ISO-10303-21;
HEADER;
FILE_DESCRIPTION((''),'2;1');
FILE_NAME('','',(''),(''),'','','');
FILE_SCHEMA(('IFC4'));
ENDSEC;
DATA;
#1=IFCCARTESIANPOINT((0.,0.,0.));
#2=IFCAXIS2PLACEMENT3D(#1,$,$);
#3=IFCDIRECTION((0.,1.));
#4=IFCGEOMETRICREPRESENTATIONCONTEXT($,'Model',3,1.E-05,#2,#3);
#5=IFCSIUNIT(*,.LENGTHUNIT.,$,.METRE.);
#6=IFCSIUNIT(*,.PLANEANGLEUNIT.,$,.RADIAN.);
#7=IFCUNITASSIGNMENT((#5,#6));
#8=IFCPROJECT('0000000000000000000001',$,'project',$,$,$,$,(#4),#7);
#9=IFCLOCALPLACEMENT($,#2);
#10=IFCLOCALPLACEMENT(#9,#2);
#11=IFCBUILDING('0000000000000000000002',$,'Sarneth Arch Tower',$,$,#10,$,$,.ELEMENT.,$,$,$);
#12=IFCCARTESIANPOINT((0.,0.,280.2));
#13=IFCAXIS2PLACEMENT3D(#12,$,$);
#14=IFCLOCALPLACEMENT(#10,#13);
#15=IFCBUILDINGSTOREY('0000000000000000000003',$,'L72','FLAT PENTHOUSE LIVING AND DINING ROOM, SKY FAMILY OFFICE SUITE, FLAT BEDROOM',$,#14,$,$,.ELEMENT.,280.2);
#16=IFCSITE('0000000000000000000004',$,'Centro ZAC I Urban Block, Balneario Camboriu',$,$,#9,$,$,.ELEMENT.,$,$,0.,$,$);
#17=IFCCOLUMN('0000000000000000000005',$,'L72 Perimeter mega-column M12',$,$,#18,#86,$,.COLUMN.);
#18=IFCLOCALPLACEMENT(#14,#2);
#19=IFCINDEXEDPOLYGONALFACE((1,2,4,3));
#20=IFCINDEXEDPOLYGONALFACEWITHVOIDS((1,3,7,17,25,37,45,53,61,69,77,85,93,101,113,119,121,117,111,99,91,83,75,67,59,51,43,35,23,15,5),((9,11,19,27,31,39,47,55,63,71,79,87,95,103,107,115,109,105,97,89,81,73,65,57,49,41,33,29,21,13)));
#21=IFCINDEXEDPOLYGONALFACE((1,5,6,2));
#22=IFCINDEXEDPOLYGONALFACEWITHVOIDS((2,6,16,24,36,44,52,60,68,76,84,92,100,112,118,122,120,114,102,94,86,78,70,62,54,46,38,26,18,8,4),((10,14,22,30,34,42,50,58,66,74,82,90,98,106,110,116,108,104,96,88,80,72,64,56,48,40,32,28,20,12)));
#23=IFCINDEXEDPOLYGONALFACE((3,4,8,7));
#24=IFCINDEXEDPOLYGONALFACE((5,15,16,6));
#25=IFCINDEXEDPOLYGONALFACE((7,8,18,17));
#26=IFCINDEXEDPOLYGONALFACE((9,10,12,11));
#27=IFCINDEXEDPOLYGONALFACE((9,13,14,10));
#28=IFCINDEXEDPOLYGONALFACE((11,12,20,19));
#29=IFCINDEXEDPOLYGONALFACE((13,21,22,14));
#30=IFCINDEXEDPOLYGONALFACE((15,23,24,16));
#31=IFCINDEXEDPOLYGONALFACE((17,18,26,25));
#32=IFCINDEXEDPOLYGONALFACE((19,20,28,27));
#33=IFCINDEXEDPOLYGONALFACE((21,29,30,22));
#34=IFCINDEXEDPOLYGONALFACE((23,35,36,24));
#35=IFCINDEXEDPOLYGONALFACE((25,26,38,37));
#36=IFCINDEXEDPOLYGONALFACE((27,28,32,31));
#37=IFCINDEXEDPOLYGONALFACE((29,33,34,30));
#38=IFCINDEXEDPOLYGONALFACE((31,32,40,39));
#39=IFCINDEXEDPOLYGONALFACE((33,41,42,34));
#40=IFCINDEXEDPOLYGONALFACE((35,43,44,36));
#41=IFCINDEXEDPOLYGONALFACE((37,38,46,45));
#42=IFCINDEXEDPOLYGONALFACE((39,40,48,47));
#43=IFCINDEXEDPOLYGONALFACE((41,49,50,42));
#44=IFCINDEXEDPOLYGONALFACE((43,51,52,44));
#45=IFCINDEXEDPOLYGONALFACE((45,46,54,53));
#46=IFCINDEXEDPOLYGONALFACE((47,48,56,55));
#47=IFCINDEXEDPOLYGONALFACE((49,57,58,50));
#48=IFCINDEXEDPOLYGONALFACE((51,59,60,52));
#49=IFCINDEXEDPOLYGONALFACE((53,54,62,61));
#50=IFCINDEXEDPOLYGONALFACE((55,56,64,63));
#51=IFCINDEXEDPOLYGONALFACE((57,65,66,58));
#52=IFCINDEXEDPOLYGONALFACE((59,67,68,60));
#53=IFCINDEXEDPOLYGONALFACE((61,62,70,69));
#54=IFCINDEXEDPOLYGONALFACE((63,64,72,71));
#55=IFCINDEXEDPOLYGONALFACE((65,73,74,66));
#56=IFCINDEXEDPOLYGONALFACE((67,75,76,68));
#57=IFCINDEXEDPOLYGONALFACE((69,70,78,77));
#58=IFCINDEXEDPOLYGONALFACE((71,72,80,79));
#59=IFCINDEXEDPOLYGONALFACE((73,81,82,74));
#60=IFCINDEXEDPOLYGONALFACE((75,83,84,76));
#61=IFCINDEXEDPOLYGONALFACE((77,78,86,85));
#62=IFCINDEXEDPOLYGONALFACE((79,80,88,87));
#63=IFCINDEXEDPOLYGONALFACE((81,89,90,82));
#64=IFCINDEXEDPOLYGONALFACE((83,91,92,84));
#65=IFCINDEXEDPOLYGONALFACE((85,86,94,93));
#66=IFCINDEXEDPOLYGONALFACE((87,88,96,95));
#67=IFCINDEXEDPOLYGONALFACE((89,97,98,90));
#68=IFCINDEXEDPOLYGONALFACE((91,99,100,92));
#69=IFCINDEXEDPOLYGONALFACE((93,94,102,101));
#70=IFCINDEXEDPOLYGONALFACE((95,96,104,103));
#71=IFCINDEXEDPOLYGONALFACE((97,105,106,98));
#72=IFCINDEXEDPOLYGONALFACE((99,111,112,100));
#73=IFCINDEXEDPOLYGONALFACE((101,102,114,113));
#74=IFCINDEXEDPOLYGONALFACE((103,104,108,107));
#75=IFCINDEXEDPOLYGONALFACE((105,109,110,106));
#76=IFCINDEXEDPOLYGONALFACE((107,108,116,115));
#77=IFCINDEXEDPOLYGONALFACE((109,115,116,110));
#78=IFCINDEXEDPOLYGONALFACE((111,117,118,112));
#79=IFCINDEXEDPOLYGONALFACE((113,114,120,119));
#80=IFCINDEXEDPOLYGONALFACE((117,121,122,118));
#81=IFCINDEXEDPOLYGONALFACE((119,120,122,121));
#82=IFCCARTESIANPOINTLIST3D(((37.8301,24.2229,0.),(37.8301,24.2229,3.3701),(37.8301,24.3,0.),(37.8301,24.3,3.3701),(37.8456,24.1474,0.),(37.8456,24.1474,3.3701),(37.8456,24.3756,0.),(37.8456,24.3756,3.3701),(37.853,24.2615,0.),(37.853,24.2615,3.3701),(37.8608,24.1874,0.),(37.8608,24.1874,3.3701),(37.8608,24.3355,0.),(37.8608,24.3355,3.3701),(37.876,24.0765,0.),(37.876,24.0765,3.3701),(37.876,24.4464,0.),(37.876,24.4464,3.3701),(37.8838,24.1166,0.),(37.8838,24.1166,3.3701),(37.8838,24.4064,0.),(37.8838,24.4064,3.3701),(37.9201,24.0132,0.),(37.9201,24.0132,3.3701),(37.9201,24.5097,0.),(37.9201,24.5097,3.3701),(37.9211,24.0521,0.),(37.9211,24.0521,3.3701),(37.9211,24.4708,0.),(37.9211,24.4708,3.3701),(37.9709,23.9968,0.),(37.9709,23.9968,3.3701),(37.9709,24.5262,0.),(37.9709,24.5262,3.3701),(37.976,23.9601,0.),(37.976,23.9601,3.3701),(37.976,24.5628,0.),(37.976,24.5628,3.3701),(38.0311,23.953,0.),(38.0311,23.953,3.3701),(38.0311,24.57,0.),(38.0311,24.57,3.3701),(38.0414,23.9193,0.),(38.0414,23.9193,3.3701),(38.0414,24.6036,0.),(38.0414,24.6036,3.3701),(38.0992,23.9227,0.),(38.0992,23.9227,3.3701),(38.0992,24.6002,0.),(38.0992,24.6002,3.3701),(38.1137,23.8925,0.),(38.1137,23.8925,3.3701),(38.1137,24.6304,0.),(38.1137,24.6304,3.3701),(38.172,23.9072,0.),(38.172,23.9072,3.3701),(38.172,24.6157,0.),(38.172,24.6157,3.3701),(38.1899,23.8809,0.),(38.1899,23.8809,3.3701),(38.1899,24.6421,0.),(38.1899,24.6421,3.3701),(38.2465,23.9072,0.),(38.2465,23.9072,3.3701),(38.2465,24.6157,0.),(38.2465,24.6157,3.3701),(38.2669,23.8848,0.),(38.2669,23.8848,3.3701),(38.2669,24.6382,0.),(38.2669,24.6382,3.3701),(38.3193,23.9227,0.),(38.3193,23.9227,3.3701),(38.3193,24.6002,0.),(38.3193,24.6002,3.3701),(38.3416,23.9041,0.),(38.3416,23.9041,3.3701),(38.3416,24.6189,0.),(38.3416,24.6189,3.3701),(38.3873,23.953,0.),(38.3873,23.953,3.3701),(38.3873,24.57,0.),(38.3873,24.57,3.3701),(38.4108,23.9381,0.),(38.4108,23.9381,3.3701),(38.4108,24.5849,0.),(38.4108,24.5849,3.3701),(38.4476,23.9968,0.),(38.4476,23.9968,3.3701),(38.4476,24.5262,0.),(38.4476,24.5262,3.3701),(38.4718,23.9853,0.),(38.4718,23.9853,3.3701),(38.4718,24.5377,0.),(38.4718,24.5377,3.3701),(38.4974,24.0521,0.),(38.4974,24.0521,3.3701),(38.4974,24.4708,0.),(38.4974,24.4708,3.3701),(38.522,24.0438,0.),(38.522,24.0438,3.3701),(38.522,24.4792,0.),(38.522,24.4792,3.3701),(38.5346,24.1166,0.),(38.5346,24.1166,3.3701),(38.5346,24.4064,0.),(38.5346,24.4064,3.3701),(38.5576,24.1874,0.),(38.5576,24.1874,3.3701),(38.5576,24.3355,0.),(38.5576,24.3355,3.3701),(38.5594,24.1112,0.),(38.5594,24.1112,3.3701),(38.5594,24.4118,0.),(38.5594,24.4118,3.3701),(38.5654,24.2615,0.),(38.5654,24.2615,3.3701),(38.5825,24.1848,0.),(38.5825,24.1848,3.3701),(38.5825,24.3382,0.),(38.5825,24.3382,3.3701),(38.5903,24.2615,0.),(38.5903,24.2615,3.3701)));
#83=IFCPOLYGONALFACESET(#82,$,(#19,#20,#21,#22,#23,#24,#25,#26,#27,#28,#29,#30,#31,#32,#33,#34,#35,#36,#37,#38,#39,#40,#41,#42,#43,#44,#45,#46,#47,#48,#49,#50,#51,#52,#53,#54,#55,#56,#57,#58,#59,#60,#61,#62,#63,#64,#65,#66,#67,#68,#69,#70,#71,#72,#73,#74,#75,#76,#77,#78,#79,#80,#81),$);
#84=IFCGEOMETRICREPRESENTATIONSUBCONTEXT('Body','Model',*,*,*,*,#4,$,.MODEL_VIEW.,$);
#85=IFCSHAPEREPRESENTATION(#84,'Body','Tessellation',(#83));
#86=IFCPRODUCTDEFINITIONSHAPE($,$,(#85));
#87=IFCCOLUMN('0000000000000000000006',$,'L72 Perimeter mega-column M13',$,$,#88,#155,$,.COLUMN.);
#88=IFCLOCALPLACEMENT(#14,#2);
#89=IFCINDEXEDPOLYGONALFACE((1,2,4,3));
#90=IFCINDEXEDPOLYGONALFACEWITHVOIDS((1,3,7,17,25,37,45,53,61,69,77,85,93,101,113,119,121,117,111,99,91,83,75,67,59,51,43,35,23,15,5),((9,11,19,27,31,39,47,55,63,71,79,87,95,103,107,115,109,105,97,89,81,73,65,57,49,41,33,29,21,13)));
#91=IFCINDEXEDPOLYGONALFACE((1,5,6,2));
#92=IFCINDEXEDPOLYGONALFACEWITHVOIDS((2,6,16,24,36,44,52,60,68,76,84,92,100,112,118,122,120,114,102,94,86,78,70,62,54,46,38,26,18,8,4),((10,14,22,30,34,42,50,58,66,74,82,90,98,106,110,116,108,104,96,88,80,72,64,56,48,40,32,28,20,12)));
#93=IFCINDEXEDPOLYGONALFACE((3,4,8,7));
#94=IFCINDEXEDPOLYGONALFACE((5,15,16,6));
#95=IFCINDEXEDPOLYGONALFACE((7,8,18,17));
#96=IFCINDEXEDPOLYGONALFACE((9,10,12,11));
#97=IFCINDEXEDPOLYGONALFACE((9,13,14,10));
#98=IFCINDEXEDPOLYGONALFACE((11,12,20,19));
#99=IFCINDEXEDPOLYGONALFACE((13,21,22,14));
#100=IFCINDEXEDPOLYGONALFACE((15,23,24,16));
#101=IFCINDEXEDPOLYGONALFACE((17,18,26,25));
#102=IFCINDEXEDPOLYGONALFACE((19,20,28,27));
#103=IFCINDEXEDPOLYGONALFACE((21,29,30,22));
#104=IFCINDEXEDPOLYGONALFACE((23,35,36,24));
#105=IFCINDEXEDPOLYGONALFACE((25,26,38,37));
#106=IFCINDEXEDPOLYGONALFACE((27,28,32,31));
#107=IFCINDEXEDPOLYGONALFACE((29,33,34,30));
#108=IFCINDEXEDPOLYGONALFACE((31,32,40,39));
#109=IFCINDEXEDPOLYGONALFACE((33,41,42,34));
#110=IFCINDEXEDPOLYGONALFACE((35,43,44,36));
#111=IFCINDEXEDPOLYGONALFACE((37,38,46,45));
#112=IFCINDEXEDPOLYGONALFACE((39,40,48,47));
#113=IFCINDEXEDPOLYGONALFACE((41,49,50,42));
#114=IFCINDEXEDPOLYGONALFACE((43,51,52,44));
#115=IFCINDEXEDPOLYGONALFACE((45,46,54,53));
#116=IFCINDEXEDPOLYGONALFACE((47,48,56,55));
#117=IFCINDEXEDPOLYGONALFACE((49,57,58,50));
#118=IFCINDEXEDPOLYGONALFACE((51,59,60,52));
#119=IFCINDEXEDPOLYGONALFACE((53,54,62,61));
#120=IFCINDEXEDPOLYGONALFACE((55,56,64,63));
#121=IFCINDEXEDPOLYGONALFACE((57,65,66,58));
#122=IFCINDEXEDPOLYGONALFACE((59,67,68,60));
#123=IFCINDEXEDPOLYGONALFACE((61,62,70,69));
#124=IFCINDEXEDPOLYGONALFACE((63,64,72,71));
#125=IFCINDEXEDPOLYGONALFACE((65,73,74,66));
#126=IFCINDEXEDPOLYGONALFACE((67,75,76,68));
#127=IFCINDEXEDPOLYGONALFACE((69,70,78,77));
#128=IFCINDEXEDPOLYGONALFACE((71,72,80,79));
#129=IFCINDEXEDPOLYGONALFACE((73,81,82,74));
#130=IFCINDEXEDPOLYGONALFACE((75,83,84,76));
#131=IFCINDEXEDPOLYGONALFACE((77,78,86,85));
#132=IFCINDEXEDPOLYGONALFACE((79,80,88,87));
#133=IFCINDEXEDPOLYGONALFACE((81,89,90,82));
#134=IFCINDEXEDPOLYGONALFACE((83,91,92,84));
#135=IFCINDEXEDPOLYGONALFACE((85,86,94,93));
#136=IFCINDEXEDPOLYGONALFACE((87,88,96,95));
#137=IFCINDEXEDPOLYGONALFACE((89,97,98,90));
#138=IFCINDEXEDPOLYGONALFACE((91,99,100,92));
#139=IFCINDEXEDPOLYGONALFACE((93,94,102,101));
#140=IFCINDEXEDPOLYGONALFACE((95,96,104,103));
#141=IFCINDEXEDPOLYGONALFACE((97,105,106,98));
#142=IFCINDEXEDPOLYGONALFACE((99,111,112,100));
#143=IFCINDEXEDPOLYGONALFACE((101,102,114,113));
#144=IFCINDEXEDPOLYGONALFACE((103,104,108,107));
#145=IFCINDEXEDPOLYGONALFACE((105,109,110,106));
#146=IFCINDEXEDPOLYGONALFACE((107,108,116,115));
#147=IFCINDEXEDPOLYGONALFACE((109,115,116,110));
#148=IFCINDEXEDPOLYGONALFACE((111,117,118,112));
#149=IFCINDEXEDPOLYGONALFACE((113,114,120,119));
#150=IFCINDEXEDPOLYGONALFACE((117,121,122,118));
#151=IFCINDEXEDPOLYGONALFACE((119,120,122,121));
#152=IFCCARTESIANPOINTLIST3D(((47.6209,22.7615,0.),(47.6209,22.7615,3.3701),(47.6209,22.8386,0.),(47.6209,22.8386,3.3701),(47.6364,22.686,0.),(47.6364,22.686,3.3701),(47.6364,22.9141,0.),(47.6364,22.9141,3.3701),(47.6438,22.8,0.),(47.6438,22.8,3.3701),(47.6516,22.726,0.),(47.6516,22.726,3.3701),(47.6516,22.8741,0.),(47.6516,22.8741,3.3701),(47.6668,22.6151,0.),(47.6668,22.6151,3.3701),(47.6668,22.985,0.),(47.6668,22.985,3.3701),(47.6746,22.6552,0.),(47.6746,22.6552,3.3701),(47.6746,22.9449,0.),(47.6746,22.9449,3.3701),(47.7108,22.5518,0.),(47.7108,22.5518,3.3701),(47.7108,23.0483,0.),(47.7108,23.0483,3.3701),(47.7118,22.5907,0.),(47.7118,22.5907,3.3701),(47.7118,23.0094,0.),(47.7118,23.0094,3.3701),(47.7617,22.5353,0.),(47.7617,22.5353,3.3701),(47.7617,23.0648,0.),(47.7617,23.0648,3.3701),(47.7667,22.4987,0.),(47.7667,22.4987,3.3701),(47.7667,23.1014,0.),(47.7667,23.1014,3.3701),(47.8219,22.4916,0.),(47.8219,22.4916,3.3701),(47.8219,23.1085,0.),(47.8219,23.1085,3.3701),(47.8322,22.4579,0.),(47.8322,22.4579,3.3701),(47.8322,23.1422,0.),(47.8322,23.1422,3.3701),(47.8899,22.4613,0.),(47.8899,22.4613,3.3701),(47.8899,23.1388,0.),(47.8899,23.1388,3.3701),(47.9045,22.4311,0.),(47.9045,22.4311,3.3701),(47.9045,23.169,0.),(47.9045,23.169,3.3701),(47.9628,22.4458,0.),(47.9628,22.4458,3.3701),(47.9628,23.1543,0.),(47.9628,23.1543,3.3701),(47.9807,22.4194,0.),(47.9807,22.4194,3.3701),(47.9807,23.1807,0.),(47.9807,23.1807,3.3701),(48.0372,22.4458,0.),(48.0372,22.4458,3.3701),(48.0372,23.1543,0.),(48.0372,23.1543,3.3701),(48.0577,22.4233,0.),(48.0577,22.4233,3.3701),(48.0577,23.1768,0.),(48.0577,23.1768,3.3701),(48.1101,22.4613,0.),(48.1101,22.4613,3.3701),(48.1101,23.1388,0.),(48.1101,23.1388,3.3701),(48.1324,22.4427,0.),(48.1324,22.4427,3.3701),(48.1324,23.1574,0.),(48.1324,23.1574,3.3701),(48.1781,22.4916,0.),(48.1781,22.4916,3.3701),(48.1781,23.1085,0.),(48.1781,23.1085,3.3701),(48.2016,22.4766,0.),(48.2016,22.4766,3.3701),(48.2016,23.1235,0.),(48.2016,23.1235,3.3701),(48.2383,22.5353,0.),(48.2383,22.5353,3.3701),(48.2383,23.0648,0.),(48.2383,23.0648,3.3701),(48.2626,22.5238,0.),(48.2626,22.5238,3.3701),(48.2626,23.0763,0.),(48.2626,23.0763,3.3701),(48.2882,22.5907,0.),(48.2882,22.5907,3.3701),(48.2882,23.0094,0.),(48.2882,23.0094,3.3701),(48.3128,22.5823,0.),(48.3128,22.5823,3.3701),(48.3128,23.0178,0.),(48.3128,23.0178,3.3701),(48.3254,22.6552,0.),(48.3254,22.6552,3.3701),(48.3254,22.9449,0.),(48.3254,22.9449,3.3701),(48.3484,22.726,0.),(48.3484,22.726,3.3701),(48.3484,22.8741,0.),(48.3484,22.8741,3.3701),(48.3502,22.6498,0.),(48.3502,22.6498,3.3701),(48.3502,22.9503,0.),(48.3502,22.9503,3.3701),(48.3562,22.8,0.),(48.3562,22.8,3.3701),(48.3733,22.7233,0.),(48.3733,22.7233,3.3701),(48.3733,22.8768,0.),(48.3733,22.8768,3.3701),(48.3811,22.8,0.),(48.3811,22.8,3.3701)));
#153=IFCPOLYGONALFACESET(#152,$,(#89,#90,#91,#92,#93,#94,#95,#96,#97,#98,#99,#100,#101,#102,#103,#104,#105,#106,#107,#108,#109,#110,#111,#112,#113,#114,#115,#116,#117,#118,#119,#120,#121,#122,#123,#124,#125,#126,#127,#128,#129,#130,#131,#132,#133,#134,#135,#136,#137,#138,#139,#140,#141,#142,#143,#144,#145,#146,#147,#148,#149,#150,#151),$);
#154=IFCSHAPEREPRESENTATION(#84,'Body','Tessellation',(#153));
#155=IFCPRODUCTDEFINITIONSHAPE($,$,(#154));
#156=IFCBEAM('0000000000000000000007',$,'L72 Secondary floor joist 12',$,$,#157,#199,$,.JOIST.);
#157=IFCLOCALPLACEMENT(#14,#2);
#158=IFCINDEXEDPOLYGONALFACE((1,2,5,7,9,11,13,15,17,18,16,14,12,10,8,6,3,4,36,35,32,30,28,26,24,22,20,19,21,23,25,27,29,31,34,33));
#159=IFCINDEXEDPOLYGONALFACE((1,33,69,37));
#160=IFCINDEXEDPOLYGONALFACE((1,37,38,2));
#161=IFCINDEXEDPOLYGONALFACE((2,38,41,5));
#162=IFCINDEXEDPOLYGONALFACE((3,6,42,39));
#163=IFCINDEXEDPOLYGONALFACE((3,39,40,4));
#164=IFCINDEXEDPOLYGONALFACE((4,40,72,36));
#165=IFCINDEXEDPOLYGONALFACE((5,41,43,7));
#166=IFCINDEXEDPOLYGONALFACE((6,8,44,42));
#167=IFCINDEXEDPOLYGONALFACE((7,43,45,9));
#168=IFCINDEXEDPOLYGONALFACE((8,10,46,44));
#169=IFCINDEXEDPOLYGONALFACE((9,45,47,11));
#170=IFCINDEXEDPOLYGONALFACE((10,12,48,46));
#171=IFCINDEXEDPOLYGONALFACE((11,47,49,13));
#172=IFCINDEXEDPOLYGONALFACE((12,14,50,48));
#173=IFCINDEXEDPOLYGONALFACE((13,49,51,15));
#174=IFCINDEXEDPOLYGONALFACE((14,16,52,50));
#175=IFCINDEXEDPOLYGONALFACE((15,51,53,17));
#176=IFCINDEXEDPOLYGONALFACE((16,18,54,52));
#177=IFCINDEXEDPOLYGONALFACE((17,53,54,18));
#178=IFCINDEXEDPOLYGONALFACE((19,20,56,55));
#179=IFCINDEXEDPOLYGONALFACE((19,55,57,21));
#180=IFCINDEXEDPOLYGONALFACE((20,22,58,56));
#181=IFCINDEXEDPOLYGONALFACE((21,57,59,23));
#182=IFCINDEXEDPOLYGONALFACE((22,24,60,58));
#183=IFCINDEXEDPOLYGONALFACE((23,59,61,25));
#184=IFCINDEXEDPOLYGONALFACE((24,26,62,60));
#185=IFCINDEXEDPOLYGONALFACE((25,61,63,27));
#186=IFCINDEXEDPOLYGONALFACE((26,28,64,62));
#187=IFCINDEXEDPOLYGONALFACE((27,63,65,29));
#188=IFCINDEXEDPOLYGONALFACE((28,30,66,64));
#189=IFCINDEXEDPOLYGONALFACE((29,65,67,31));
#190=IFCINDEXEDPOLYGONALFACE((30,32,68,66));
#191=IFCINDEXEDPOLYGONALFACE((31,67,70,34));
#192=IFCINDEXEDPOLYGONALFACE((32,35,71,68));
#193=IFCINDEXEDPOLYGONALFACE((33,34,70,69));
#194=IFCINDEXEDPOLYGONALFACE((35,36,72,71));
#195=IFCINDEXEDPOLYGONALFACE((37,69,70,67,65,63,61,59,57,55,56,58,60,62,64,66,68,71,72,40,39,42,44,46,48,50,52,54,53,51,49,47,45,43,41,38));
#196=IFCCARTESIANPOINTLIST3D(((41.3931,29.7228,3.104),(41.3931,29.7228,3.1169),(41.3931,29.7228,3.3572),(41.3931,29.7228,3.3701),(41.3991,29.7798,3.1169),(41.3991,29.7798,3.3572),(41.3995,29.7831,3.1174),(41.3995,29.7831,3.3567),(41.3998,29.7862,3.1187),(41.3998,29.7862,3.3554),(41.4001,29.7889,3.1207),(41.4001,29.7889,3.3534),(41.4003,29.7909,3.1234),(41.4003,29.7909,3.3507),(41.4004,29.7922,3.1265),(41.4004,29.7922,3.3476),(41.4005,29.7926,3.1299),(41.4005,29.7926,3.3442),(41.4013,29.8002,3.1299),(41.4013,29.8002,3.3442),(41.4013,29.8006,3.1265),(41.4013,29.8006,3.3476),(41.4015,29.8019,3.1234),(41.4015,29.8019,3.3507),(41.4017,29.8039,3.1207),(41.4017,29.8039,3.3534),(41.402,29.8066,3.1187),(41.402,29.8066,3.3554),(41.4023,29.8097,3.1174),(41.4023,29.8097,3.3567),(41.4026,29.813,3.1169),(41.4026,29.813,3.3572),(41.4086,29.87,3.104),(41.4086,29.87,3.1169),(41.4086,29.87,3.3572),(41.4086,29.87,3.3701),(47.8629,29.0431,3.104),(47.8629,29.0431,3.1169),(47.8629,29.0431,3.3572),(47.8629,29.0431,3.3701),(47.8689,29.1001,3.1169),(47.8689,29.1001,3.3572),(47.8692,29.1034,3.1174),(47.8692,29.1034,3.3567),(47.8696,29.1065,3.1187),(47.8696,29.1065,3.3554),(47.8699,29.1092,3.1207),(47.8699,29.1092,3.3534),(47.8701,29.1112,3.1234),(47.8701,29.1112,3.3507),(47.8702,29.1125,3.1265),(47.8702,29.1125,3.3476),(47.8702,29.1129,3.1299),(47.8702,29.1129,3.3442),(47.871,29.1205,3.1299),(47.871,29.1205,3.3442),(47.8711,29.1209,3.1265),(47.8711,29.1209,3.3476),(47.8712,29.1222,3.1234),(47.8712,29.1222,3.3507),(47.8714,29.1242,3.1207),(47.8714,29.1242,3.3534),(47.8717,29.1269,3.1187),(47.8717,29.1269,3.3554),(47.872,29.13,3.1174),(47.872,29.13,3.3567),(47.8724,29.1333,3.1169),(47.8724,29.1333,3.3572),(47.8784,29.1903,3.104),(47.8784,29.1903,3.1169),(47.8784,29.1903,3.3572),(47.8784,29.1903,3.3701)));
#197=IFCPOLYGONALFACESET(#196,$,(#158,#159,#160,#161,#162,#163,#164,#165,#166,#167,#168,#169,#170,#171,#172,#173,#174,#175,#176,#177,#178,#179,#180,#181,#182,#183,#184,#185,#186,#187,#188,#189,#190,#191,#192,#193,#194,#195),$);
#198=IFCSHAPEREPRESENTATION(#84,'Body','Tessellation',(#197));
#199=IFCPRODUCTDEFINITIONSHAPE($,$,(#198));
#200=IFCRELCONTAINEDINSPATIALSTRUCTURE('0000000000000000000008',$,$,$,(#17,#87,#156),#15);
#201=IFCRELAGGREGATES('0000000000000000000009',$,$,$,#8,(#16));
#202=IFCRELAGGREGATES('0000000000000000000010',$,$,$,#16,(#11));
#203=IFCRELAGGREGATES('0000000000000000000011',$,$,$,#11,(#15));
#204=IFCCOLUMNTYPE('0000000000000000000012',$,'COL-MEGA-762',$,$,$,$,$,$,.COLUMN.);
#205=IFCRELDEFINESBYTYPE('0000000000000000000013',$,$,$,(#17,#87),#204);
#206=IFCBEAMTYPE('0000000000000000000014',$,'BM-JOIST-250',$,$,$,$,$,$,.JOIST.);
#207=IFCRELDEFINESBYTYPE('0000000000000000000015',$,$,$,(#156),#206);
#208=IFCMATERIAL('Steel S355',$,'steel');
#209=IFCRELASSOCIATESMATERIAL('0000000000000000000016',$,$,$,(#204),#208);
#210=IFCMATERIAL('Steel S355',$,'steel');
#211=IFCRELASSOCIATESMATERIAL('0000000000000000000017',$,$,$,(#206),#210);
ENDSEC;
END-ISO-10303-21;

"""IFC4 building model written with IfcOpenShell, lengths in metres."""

from ifc_helpers import new_model, si_unit, direction, frame, origin, origin_2d, place, context, subcontext, project, spatial, hollow_circle, i_section, extrude, material, material_profile, profile_set, type_object, element, save


model = new_model("IFC4")

# Units and contexts
model_context = context("Model", 3, precision=1e-05, world=origin(), true_north=direction((0.0, 1.0)))
body_context = subcontext(model_context, "Body", "Model", "MODEL_VIEW")
ifc_project = project(units=[si_unit("LENGTHUNIT", "METRE"), si_unit("PLANEANGLEUNIT", "RADIAN")], contexts=[model_context])

# Site, building, storey
site_placement = place(None, origin())
site = spatial("IfcSite", under=ifc_project, at=site_placement, Name="Centro ZAC I Urban Block, Balneario Camboriu", CompositionType="ELEMENT", RefElevation=0.0)
building_placement = place(site_placement, origin())
building = spatial("IfcBuilding", under=site, at=building_placement, Name="Sarneth Arch Tower", CompositionType="ELEMENT")
storey_placement = place(building_placement, frame((0.0, 0.0, 280.2)))
storey = spatial("IfcBuildingStorey", under=building, at=storey_placement, Name="L72", Description="FLAT PENTHOUSE LIVING AND DINING ROOM, SKY FAMILY OFFICE SUITE, FLAT BEDROOM", CompositionType="ELEMENT", Elevation=280.2)

# Columns
ifc_material_1 = material(Name="Steel S355", Category="steel")
ifc_material_profile_1 = material_profile(ifc_material_1, hollow_circle(Radius=0.3811, WallThickness=0.0249, at=origin_2d()), Name="CHS762x25")
ifc_profile_set_1 = profile_set([ifc_material_profile_1], Name="Steel S355")
column_type = type_object("IfcColumnType", Name="COL-MEGA-762", PredefinedType="COLUMN", material=ifc_profile_set_1)
for number, where, z_axis, x_axis, name in (
    (1, (38.2092, 24.2615, 0.0), (0.0, 0.0, 1.0), (1.0, 0.0, 0.0), "L72 Perimeter mega-column M12"),
    (2, (48.0, 22.8, 0.0), (0.0, 0.0, 1.0), (1.0, 0.0, 0.0), "L72 Perimeter mega-column M13"),
):
    element("IfcColumn", number, at=place(storey_placement, frame(where, z_axis=z_axis, x_axis=x_axis)), inside=storey, type_object=column_type, Name=name, PredefinedType="COLUMN", context=body_context, shape_type="SweptSolid", body=[
        extrude(hollow_circle(Radius=0.3811, WallThickness=0.0249, at=origin_2d()), origin(), (0.0, 0.0, 1.0), 3.3701),
    ])

# Beam
ifc_material_2 = material(Name="Steel S355", Category="steel")
ifc_material_profile_2 = material_profile(ifc_material_2, i_section(OverallWidth=0.1479, OverallDepth=0.2661, WebThickness=0.0076, FlangeThickness=0.0129, FilletRadius=0.0129, at=origin_2d()), Name="W250x44.8")
ifc_profile_set_2 = profile_set([ifc_material_profile_2], Name="Steel S355")
beam_type_1 = type_object("IfcBeamType", Name="BM-JOIST-250", PredefinedType="JOIST", material=ifc_profile_set_2)
beam_1_placement = place(storey_placement, frame((41.4009, 29.7964, 3.2371), z_axis=(0.994527, -0.104482, 0.0), x_axis=(0.104482, 0.994527, 0.0)))
element("IfcBeam", 3, at=beam_1_placement, inside=storey, type_object=beam_type_1, Name="L72 Secondary floor joist 12", PredefinedType="JOIST", context=body_context, shape_type="SweptSolid", body=[
    extrude(i_section(OverallWidth=0.1479, OverallDepth=0.2661, WebThickness=0.0076, FlangeThickness=0.0129, FilletRadius=0.0129, at=origin_2d()), origin(), (0.0, 0.0, 1.0), 6.5054),
])

save(model, "model.ifc")
